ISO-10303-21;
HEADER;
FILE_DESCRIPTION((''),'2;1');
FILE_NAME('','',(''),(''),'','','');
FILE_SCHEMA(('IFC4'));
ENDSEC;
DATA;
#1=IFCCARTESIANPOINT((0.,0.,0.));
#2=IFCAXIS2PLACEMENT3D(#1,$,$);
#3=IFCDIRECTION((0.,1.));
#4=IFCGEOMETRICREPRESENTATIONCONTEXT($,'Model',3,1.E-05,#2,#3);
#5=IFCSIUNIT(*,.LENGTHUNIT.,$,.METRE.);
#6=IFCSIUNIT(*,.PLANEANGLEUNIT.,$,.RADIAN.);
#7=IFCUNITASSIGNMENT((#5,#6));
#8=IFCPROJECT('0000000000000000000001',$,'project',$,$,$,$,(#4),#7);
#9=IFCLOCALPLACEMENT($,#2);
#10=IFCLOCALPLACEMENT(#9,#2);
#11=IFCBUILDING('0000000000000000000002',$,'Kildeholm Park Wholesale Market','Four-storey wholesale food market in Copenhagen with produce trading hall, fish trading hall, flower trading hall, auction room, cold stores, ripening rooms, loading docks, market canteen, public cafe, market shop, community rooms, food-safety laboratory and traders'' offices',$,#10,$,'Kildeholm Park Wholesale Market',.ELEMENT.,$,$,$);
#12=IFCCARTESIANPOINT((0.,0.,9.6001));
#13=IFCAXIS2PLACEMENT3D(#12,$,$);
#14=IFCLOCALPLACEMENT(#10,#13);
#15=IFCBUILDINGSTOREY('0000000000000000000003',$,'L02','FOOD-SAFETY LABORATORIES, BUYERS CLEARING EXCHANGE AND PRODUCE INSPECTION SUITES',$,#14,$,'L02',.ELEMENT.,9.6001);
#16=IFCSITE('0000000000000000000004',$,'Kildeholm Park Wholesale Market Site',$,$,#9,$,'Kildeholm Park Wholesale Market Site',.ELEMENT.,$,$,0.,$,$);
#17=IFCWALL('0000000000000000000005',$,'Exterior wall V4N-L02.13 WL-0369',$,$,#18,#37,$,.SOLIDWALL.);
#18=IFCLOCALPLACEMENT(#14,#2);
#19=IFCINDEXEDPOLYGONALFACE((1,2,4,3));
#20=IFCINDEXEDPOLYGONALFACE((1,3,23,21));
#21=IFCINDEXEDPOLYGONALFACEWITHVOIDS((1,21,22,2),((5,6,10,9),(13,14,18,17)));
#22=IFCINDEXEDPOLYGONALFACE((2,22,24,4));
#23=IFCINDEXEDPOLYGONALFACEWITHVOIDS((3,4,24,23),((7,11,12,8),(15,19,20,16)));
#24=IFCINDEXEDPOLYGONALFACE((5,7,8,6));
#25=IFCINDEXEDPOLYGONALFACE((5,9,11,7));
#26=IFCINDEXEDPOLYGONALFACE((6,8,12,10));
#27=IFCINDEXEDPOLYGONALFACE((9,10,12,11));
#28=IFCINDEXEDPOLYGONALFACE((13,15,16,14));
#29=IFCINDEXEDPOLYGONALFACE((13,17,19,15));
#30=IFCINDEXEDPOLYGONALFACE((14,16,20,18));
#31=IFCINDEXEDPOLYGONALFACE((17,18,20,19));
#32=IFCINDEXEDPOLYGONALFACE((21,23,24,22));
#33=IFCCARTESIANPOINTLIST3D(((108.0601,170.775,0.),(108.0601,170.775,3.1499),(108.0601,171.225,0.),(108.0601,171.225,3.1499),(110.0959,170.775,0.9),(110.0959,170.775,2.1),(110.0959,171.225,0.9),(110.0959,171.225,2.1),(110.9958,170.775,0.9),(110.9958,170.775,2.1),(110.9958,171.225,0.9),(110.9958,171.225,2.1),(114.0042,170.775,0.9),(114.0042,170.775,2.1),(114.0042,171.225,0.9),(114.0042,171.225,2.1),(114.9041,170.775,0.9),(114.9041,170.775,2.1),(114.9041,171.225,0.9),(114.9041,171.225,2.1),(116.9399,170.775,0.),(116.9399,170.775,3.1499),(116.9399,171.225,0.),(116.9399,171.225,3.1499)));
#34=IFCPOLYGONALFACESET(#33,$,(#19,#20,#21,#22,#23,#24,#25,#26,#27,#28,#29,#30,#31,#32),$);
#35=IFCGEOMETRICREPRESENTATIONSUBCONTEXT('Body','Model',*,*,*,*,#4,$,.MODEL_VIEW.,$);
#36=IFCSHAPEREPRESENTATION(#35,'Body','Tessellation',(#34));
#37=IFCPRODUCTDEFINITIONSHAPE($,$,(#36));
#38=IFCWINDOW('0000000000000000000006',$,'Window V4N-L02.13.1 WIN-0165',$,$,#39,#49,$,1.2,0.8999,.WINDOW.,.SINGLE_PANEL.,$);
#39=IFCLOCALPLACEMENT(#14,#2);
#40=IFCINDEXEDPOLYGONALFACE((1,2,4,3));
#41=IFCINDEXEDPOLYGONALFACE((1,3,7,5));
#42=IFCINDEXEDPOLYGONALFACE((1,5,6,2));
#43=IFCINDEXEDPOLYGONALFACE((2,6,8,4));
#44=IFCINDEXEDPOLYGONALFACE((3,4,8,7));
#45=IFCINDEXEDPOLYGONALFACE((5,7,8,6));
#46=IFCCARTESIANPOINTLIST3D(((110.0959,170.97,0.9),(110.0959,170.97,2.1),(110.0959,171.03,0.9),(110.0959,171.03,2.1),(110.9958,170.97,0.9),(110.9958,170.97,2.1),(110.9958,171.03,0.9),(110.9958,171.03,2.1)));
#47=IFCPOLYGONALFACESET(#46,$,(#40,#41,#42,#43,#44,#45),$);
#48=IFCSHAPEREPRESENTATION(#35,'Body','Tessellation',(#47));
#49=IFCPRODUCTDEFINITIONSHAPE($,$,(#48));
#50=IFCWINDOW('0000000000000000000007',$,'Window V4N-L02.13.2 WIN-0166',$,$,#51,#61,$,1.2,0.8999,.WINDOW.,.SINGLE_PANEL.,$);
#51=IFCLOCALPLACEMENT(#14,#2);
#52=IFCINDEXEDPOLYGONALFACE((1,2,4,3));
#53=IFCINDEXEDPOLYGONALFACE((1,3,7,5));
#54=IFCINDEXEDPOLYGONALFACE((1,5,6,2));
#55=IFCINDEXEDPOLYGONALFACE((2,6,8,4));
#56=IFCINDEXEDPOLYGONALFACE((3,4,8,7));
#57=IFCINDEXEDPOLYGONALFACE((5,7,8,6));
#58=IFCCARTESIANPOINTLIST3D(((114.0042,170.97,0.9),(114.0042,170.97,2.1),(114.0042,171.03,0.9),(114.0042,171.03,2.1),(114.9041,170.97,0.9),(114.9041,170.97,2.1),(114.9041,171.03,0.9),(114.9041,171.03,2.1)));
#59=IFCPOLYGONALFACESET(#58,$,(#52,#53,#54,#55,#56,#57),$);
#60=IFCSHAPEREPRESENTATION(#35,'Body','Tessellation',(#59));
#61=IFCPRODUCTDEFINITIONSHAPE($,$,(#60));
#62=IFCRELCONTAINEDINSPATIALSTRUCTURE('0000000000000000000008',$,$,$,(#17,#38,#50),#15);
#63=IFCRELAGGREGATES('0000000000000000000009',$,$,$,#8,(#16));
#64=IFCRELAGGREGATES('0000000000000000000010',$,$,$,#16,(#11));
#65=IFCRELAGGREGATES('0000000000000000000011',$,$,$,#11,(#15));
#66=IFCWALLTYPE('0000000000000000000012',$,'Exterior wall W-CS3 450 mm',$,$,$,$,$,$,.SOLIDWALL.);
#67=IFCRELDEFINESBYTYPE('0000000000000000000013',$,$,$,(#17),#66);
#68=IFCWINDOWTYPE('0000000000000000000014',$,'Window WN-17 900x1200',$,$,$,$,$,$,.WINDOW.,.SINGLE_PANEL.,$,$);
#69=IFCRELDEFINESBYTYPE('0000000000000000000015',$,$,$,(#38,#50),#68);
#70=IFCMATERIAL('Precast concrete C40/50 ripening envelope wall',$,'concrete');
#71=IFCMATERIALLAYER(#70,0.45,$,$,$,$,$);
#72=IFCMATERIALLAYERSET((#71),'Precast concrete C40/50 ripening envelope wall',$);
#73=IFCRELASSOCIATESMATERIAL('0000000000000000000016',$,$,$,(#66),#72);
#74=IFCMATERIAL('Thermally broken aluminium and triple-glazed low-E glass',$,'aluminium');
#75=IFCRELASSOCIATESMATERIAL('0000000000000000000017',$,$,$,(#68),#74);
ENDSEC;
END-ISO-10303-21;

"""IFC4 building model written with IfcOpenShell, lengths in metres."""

from ifc_helpers import new_model, si_unit, direction, frame, frame_2d, origin, place, context, subcontext, project, spatial, rectangle, extrude, material, layer, layer_set, type_object, element, fill, save


model = new_model("IFC4")

# Units and contexts
model_context = context("Model", 3, precision=1e-05, world=origin(), true_north=direction((0.0, 1.0)))
body_context = subcontext(model_context, "Body", "Model", "MODEL_VIEW")
ifc_project = project(units=[si_unit("LENGTHUNIT", "METRE"), si_unit("PLANEANGLEUNIT", "RADIAN")], contexts=[model_context])

# Site, building, storey
site_placement = place(None, origin())
site = spatial("IfcSite", under=ifc_project, at=site_placement, Name="Kildeholm Park Wholesale Market Site", LongName="Kildeholm Park Wholesale Market Site", CompositionType="ELEMENT", RefElevation=0.0)
building_placement = place(site_placement, origin())
building = spatial("IfcBuilding", under=site, at=building_placement, Name="Kildeholm Park Wholesale Market", Description="Four-storey wholesale food market in Copenhagen with produce trading hall, fish trading hall, flower trading hall, auction room, cold stores, ripening rooms, loading docks, market canteen, public cafe, market shop, community rooms, food-safety laboratory and traders' offices", LongName="Kildeholm Park Wholesale Market", CompositionType="ELEMENT")
storey_placement = place(building_placement, frame((0.0, 0.0, 9.6001)))
storey = spatial("IfcBuildingStorey", under=building, at=storey_placement, Name="L02", Description="FOOD-SAFETY LABORATORIES, BUYERS CLEARING EXCHANGE AND PRODUCE INSPECTION SUITES", LongName="L02", CompositionType="ELEMENT", Elevation=9.6001)

# Wall, openings, windows
ifc_material_1 = material(Name="Precast concrete C40/50 ripening envelope wall", Category="concrete")
ifc_layer = layer(ifc_material_1, 0.45)
ifc_layer_set = layer_set([ifc_layer], Name="Precast concrete C40/50 ripening envelope wall")
wall_type = type_object("IfcWallType", Name="Exterior wall W-CS3 450 mm", PredefinedType="SOLIDWALL", material=ifc_layer_set)
ifc_material_2 = material(Name="Thermally broken aluminium and triple-glazed low-E glass", Category="aluminium")
wall_1_placement = place(storey_placement, frame((108.0601, 171.0, 0.0), z_axis=(0.0, 0.0, 1.0), x_axis=(1.0, 0.0, 0.0)))
wall_1 = element("IfcWall", 1, at=wall_1_placement, inside=storey, type_object=wall_type, Name="Exterior wall V4N-L02.13 WL-0369", PredefinedType="SOLIDWALL", context=body_context, shape_type="SweptSolid", body=[
    extrude(rectangle(XDim=8.8799, YDim=0.45, at=frame_2d((4.4399, 0.0))), origin(), (0.0, 0.0, 1.0), 3.1499),
])
opening_1_placement = place(wall_1_placement, frame((2.0359, 0.0, 0.8999)))
opening_1 = element("IfcOpeningElement", 2, at=opening_1_placement, cuts=wall_1, PredefinedType="OPENING", context=body_context, shape_type="SweptSolid", body=[
    extrude(rectangle(XDim=0.8999, YDim=1.2, at=frame_2d((0.45, 0.6001))), frame((0.0, 0.2349, 0.0), z_axis=(0.0, -1.0, 0.0), x_axis=(1.0, 0.0, 0.0)), (0.0, 0.0, 1.0), 0.47),
])
opening_2_placement = place(wall_1_placement, frame((5.9441, 0.0, 0.8999)))
opening_2 = element("IfcOpeningElement", 3, at=opening_2_placement, cuts=wall_1, PredefinedType="OPENING", context=body_context, shape_type="SweptSolid", body=[
    extrude(rectangle(XDim=0.8999, YDim=1.2, at=frame_2d((0.45, 0.6001))), frame((0.0, 0.2349, 0.0), z_axis=(0.0, -1.0, 0.0), x_axis=(1.0, 0.0, 0.0)), (0.0, 0.0, 1.0), 0.47),
])
window_type_1 = type_object("IfcWindowType", Name="Window WN-17 900x1200", PartitioningType="SINGLE_PANEL", PredefinedType="WINDOW", material=ifc_material_2)
window_1_placement = place(opening_1_placement, origin())
window_1 = element("IfcWindow", 4, at=window_1_placement, inside=storey, type_object=window_type_1, Name="Window V4N-L02.13.1 WIN-0165", OverallHeight=1.2, OverallWidth=0.8999, PartitioningType="SINGLE_PANEL", PredefinedType="WINDOW", context=body_context, shape_type="SweptSolid", body=[
    extrude(rectangle(XDim=0.8999, YDim=1.2, at=frame_2d((0.45, 0.6001))), frame((0.0, 0.03, 0.0), z_axis=(0.0, -1.0, 0.0), x_axis=(1.0, 0.0, 0.0)), (0.0, 0.0, 1.0), 0.0601),
])
fill(opening_1, window_1)
window_2_placement = place(opening_2_placement, origin())
window_2 = element("IfcWindow", 5, at=window_2_placement, inside=storey, type_object=window_type_1, Name="Window V4N-L02.13.2 WIN-0166", OverallHeight=1.2, OverallWidth=0.8999, PartitioningType="SINGLE_PANEL", PredefinedType="WINDOW", context=body_context, shape_type="SweptSolid", body=[
    extrude(rectangle(XDim=0.8999, YDim=1.2, at=frame_2d((0.45, 0.6001))), frame((0.0, 0.03, 0.0), z_axis=(0.0, -1.0, 0.0), x_axis=(1.0, 0.0, 0.0)), (0.0, 0.0, 1.0), 0.0601),
])
fill(opening_2, window_2)

save(model, "model.ifc")
